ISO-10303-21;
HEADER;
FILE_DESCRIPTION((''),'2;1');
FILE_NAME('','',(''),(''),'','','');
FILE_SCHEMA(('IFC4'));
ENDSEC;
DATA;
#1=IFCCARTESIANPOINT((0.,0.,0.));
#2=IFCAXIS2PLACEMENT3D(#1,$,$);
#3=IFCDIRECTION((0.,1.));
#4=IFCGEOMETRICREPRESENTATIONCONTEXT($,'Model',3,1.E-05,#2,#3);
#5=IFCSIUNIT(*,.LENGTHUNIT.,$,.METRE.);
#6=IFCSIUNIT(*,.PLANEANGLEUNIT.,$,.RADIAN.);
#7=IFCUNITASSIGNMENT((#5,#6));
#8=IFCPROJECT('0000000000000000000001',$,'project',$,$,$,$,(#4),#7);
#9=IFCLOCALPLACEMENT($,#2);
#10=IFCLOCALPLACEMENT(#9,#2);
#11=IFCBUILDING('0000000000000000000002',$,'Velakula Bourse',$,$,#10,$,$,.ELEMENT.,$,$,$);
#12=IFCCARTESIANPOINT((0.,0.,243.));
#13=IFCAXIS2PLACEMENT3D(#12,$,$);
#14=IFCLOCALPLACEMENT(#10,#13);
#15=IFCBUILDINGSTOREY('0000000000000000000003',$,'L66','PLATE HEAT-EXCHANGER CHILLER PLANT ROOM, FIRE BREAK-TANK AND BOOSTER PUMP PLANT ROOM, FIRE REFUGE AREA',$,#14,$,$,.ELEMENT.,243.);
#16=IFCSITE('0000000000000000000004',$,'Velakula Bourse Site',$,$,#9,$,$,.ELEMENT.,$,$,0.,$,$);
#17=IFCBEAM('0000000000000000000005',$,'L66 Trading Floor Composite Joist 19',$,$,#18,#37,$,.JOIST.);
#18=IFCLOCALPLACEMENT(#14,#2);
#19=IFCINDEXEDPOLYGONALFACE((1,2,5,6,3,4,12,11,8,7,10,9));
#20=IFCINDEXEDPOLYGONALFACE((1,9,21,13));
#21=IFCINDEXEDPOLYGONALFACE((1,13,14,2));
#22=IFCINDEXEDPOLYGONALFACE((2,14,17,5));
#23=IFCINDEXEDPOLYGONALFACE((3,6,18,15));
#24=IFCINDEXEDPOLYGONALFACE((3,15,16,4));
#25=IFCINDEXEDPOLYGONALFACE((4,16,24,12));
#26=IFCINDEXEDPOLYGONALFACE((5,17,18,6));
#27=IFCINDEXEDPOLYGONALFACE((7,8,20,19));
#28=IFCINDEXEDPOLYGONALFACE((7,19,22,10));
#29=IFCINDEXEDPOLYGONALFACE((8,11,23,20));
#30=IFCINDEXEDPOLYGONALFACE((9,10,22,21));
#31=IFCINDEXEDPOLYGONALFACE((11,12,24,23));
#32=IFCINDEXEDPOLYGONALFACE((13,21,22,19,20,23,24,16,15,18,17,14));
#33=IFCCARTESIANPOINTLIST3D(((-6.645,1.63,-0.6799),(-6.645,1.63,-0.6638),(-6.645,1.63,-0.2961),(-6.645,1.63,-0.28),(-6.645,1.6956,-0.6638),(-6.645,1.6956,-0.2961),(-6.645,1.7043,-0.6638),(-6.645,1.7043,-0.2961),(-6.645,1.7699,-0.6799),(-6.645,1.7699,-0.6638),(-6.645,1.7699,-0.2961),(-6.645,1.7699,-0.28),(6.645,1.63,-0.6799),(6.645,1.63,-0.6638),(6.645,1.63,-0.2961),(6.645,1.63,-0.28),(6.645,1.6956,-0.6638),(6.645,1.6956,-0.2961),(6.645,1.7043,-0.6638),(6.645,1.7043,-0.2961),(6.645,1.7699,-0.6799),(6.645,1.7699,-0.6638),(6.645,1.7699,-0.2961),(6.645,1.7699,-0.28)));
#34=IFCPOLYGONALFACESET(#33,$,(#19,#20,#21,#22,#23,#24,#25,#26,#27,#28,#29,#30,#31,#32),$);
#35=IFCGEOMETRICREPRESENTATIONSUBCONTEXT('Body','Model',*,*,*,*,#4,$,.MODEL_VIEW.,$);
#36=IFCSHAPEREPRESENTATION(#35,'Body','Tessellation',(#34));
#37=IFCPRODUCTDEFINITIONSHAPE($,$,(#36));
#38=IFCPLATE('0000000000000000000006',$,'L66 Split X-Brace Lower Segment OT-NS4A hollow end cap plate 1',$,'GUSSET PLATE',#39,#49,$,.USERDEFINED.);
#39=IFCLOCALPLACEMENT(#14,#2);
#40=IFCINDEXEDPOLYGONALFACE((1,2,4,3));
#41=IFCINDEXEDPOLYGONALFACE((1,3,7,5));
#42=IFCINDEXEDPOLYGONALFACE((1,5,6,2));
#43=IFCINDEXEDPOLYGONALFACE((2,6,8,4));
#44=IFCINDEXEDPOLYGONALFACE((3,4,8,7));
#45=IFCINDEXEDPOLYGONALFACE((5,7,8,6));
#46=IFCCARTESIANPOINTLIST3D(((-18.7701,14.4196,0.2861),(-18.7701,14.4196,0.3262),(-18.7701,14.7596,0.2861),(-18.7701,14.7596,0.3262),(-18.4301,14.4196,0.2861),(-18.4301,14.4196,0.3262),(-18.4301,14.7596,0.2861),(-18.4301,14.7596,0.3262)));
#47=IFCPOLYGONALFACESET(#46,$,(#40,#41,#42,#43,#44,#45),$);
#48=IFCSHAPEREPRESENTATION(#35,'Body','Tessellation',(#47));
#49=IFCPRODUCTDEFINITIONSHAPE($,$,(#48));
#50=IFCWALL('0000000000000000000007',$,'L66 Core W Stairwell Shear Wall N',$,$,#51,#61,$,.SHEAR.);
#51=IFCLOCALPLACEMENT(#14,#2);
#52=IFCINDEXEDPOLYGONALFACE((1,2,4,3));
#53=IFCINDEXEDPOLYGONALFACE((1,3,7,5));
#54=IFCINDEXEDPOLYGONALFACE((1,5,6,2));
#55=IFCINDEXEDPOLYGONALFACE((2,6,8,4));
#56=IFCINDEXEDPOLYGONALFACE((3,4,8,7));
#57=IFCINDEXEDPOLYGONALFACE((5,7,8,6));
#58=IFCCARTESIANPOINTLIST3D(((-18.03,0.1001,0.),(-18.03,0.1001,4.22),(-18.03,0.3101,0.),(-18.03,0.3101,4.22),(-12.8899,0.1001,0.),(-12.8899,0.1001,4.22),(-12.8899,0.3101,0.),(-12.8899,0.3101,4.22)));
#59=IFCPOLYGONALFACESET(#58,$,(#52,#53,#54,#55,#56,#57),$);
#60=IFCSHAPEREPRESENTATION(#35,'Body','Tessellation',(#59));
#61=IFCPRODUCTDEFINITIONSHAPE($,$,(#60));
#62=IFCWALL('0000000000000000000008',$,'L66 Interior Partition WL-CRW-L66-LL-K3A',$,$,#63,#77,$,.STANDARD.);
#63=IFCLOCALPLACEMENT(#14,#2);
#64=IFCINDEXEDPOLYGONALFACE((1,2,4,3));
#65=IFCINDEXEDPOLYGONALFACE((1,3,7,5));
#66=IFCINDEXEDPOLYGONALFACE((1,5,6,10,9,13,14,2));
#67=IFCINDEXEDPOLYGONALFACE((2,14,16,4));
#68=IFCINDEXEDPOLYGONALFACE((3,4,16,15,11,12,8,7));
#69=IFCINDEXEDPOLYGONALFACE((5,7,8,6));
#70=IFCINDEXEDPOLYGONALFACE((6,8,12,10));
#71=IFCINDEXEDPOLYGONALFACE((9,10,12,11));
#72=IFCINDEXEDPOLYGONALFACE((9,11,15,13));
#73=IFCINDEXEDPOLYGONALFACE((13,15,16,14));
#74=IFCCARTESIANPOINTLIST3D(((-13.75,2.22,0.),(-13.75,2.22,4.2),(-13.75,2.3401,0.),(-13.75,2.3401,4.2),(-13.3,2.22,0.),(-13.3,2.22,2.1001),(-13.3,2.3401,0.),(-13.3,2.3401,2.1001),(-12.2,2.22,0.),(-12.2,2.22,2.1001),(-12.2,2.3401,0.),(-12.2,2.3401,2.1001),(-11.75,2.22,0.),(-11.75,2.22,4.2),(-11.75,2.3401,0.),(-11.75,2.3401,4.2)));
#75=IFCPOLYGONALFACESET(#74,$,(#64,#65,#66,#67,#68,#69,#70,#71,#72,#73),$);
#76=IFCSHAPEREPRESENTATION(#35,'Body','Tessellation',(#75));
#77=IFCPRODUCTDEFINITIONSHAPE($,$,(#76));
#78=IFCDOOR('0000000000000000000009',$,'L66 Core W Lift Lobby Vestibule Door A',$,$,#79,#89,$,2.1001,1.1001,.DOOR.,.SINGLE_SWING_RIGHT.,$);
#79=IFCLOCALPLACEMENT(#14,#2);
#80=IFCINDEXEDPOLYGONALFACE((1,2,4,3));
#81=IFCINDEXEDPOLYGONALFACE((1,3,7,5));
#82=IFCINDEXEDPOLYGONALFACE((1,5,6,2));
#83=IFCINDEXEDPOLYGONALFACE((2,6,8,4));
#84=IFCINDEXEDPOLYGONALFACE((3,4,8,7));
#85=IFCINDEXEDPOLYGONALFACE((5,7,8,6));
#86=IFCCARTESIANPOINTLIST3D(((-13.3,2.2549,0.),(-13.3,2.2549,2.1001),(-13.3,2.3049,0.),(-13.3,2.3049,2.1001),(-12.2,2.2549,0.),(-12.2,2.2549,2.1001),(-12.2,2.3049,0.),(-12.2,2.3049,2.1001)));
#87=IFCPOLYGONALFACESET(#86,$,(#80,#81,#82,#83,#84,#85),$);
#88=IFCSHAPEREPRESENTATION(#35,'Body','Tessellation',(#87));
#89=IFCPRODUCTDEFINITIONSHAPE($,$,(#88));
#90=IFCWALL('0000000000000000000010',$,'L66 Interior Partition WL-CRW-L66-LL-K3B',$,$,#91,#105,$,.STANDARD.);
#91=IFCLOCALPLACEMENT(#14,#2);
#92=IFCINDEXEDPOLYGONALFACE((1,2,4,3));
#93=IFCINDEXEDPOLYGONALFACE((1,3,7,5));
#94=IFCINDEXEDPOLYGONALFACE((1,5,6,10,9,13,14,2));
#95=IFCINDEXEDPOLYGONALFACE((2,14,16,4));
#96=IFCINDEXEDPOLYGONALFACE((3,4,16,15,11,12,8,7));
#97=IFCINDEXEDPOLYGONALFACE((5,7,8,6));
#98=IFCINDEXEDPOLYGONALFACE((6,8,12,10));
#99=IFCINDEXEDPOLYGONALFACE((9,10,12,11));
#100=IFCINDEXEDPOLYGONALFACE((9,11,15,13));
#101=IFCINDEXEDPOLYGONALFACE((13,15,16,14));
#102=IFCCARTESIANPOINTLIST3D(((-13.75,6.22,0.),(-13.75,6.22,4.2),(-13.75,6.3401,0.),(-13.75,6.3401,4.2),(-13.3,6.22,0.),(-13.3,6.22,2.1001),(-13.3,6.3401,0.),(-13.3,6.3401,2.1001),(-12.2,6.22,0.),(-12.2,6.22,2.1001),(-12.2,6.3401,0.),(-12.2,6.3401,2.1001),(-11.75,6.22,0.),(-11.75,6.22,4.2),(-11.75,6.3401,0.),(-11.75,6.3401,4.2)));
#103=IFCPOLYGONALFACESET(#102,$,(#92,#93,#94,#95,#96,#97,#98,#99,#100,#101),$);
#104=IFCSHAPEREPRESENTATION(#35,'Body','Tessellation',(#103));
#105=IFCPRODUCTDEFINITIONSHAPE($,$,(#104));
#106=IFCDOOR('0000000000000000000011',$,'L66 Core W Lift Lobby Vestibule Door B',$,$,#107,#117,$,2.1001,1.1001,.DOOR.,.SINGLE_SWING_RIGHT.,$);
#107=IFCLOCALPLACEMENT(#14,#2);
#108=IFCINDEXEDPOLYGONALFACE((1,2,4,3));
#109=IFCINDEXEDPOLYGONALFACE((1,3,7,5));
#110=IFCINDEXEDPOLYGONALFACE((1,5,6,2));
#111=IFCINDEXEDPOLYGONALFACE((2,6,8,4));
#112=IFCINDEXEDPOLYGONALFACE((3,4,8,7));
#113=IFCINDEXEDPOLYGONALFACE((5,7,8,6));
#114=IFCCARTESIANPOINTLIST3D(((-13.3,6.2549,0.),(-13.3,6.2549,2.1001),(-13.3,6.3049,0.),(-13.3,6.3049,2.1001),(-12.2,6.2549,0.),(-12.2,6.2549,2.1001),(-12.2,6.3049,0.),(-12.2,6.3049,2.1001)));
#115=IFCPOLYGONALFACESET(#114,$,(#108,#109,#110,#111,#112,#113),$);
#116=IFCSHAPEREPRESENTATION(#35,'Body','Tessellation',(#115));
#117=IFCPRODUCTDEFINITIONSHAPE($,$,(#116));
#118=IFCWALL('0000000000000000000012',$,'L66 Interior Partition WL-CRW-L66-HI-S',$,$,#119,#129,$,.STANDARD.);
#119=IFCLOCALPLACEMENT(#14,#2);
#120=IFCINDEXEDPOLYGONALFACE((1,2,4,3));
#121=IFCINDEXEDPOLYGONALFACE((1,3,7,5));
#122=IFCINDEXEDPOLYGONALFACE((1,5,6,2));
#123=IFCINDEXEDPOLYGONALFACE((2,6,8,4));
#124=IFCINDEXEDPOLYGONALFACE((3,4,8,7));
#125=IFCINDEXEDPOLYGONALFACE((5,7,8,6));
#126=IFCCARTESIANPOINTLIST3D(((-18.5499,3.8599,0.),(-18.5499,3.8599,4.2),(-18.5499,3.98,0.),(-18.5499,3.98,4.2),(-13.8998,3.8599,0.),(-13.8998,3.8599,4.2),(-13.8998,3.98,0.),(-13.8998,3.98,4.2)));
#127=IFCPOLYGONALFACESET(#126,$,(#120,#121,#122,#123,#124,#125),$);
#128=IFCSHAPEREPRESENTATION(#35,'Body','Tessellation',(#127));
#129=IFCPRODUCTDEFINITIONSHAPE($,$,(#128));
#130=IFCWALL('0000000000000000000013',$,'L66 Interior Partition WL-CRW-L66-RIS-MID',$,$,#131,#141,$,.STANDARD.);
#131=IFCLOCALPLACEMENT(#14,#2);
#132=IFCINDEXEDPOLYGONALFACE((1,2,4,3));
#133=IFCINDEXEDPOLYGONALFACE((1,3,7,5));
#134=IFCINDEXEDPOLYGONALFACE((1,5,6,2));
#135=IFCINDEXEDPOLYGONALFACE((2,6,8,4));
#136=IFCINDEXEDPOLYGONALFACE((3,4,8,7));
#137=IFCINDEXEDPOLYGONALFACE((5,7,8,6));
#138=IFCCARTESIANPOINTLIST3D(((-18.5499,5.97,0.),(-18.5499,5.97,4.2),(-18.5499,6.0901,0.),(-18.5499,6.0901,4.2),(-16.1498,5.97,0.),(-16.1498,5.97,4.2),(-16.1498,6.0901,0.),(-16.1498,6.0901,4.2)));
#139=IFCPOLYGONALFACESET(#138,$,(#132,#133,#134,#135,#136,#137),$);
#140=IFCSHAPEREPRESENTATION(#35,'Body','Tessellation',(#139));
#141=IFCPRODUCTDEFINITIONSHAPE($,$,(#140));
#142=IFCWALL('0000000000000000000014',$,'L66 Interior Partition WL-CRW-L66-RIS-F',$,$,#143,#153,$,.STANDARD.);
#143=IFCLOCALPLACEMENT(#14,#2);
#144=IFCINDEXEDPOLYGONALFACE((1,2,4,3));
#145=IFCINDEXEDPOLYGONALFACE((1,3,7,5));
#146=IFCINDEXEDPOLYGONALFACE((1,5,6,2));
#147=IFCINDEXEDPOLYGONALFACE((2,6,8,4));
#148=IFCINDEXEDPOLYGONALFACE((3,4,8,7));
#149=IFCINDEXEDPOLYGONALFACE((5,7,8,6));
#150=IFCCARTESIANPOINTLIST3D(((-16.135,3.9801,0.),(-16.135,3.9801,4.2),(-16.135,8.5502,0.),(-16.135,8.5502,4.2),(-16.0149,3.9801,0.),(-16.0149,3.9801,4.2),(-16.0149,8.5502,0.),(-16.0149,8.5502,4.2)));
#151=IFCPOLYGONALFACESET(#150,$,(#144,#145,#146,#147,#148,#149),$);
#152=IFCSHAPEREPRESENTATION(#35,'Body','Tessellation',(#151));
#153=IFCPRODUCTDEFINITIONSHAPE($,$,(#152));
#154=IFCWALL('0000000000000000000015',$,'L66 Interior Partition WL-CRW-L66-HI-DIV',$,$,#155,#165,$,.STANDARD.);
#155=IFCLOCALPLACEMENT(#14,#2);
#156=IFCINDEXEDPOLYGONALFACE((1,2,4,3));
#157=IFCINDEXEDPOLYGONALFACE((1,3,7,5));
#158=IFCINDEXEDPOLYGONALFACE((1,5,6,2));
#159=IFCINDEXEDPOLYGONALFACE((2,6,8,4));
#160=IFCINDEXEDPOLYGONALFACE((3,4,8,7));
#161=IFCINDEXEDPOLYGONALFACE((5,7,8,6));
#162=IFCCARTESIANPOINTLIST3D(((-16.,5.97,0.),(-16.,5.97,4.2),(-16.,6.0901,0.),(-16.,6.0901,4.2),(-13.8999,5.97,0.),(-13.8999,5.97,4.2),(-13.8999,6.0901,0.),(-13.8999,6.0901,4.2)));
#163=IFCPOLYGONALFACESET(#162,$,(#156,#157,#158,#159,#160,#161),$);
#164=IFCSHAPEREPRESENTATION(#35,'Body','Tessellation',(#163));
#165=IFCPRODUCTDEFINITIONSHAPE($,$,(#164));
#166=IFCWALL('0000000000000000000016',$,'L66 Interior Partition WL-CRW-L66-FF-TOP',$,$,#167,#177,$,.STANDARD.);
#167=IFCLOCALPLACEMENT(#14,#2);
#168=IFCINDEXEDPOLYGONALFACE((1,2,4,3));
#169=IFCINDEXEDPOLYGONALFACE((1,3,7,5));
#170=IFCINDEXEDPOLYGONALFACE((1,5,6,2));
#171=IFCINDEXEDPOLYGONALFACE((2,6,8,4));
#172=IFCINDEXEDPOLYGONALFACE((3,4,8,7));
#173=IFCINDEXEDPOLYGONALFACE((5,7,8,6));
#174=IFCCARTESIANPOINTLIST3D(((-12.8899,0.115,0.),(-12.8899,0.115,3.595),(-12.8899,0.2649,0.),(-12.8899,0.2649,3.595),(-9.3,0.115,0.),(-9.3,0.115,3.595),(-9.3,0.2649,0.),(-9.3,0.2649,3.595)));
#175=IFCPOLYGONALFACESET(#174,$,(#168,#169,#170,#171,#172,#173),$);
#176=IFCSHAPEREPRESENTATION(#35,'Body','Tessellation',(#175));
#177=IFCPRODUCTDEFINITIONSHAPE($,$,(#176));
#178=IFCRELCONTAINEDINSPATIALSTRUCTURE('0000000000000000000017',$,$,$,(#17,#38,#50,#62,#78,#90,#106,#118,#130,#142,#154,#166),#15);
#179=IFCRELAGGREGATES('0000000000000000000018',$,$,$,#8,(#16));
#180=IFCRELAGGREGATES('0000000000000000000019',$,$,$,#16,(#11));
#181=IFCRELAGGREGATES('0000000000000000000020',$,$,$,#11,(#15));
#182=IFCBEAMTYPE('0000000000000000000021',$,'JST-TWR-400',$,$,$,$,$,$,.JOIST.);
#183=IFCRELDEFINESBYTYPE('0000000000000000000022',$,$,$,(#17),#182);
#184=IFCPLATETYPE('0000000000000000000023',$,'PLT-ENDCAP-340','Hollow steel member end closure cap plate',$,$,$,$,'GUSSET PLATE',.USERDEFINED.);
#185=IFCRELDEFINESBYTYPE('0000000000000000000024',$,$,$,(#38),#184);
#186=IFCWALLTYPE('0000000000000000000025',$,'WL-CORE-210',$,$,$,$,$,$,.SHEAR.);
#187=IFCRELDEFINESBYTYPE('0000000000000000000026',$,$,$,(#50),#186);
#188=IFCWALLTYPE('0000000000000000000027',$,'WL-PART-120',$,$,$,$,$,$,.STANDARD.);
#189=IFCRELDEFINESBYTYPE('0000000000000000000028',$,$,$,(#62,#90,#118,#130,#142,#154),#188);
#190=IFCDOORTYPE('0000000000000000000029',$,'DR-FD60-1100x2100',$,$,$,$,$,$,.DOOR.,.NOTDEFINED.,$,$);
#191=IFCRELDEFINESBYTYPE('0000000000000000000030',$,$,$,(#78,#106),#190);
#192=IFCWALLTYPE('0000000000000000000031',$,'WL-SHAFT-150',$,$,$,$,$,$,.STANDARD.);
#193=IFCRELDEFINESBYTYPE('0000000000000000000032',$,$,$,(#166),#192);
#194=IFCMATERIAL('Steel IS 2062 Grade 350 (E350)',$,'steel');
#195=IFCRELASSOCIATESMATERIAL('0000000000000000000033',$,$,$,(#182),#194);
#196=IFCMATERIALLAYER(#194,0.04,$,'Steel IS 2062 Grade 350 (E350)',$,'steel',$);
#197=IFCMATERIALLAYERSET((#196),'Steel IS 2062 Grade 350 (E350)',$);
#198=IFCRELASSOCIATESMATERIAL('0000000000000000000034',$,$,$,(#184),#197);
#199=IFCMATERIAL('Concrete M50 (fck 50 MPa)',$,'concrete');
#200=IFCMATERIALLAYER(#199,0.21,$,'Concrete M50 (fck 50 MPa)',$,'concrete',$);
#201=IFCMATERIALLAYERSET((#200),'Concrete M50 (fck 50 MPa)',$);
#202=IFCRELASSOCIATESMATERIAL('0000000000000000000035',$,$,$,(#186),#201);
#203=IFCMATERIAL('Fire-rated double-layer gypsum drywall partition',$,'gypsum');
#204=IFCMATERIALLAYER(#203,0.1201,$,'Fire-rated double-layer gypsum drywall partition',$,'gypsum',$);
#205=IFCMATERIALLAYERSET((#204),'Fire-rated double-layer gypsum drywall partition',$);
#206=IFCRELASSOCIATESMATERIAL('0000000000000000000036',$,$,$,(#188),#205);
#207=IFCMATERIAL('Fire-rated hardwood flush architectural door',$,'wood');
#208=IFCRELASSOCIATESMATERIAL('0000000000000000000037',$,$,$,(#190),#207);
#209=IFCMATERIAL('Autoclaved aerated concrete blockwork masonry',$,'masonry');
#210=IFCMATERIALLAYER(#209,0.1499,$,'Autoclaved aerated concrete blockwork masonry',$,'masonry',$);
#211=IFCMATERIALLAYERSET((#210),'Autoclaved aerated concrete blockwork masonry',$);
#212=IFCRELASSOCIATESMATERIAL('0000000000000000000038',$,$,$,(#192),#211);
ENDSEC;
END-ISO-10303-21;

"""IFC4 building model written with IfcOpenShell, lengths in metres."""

from ifc_helpers import new_model, si_unit, direction, frame, frame_2d, origin, origin_2d, place, context, subcontext, project, spatial, rectangle, i_section, extrude, material, layer, layer_set, material_profile, profile_set, type_object, element, fill, save


model = new_model("IFC4")

# Units and contexts
model_context = context("Model", 3, precision=1e-05, world=origin(), true_north=direction((0.0, 1.0)))
body_context = subcontext(model_context, "Body", "Model", "MODEL_VIEW")
ifc_project = project(units=[si_unit("LENGTHUNIT", "METRE"), si_unit("PLANEANGLEUNIT", "RADIAN")], contexts=[model_context])

# Site, building, storey
site_placement = place(None, origin())
site = spatial("IfcSite", under=ifc_project, at=site_placement, Name="Velakula Bourse Site", CompositionType="ELEMENT", RefElevation=0.0)
building_placement = place(site_placement, origin())
building = spatial("IfcBuilding", under=site, at=building_placement, Name="Velakula Bourse", CompositionType="ELEMENT")
storey_placement = place(building_placement, frame((0.0, 0.0, 243.0)))
storey = spatial("IfcBuildingStorey", under=building, at=storey_placement, Name="L66", Description="PLATE HEAT-EXCHANGER CHILLER PLANT ROOM, FIRE BREAK-TANK AND BOOSTER PUMP PLANT ROOM, FIRE REFUGE AREA", CompositionType="ELEMENT", Elevation=243.0)

# Shared definitions
ifc_material_1 = material(Name="Concrete M50 (fck 50 MPa)", Category="concrete")
ifc_material_2 = material(Name="Steel IS 2062 Grade 350 (E350)", Category="steel")

# Beam
ifc_material_profile_1 = material_profile(ifc_material_2, i_section(OverallWidth=0.1399, OverallDepth=0.3999, WebThickness=0.0088, FlangeThickness=0.0161, at=origin_2d()), Name="Steel IS 2062 Grade 350 (E350)")
ifc_profile_set_1 = profile_set([ifc_material_profile_1], Name="Steel IS 2062 Grade 350 (E350)")
beam_type_1 = type_object("IfcBeamType", Name="JST-TWR-400", PredefinedType="JOIST", material=ifc_profile_set_1)
for number, where, z_axis, x_axis, name in (
    (1, (-6.645, 1.7, -0.48), (1.0, 0.0, 0.0), (0.0, 1.0, 0.0), "L66 Trading Floor Composite Joist 19"),
):
    element("IfcBeam", number, at=place(storey_placement, frame(where, z_axis=z_axis, x_axis=x_axis)), inside=storey, type_object=beam_type_1, Name=name, PredefinedType="JOIST", context=body_context, shape_type="SweptSolid", body=[
        extrude(i_section(OverallWidth=0.1399, OverallDepth=0.3999, WebThickness=0.0088, FlangeThickness=0.0161, at=origin_2d()), origin(), (0.0, 0.0, 1.0), 13.29),
    ])

# Plate
ifc_layer_1 = layer(ifc_material_2, 0.04, Name="Steel IS 2062 Grade 350 (E350)", Category="steel")
ifc_layer_set_1 = layer_set([ifc_layer_1], Name="Steel IS 2062 Grade 350 (E350)")
plate_type = type_object("IfcPlateType", Name="PLT-ENDCAP-340", Description="Hollow steel member end closure cap plate", ElementType="GUSSET PLATE", PredefinedType="USERDEFINED", material=ifc_layer_set_1)
plate_placement = place(storey_placement, frame((-18.6001, 14.5896, 0.2861), z_axis=(0.0, 0.0, 1.0), x_axis=(0.0, -1.0, 0.0)))
element("IfcPlate", 2, at=plate_placement, inside=storey, type_object=plate_type, Name="L66 Split X-Brace Lower Segment OT-NS4A hollow end cap plate 1", ObjectType="GUSSET PLATE", PredefinedType="USERDEFINED", context=body_context, shape_type="SweptSolid", body=[
    extrude(rectangle(XDim=0.3401, YDim=0.3401, at=origin_2d()), origin(), (0.0, 0.0, 1.0), 0.04),
])

# Wall
ifc_layer_2 = layer(ifc_material_1, 0.21, Name="Concrete M50 (fck 50 MPa)", Category="concrete")
ifc_layer_set_2 = layer_set([ifc_layer_2], Name="Concrete M50 (fck 50 MPa)")
wall_type_1 = type_object("IfcWallType", Name="WL-CORE-210", PredefinedType="SHEAR", material=ifc_layer_set_2)
wall_1_placement = place(storey_placement, frame((-12.8899, 0.2051, 0.0), z_axis=(0.0, 0.0, 1.0), x_axis=(-1.0, 0.0, 0.0)))
element("IfcWall", 3, at=wall_1_placement, inside=storey, type_object=wall_type_1, Name="L66 Core W Stairwell Shear Wall N", PredefinedType="SHEAR", context=body_context, shape_type="SweptSolid", body=[
    extrude(rectangle(XDim=5.1401, YDim=0.21, at=frame_2d((2.5701, 0.0))), origin(), (0.0, 0.0, 1.0), 4.22),
])

# Walls, openings, doors
ifc_material_3 = material(Name="Fire-rated double-layer gypsum drywall partition", Category="gypsum")
ifc_layer_3 = layer(ifc_material_3, 0.1201, Name="Fire-rated double-layer gypsum drywall partition", Category="gypsum")
ifc_layer_set_3 = layer_set([ifc_layer_3], Name="Fire-rated double-layer gypsum drywall partition")
wall_type_2 = type_object("IfcWallType", Name="WL-PART-120", PredefinedType="STANDARD", material=ifc_layer_set_3)
wall_2_placement = place(storey_placement, frame((-13.75, 2.28, 0.0), z_axis=(0.0, 0.0, 1.0), x_axis=(1.0, 0.0, 0.0)))
wall_2 = element("IfcWall", 4, at=wall_2_placement, inside=storey, type_object=wall_type_2, Name="L66 Interior Partition WL-CRW-L66-LL-K3A", PredefinedType="STANDARD", context=body_context, shape_type="SweptSolid", body=[
    extrude(rectangle(XDim=2.0, YDim=0.1201, at=frame_2d((1.0, 0.0))), origin(), (0.0, 0.0, 1.0), 4.2),
])
opening_1_placement = place(wall_2_placement, frame((0.45, 0.0, 0.0)))
opening_1 = element("IfcOpeningElement", 5, at=opening_1_placement, cuts=wall_2, PredefinedType="OPENING", context=body_context, shape_type="SweptSolid", body=[
    extrude(rectangle(XDim=1.1001, YDim=2.1001, at=frame_2d((0.55, 1.05))), frame((0.0, 0.0701, 0.0), z_axis=(0.0, -1.0, 0.0), x_axis=(1.0, 0.0, 0.0)), (0.0, 0.0, 1.0), 0.1401),
])
ifc_material_4 = material(Name="Fire-rated hardwood flush architectural door", Category="wood")
door_type_1 = type_object("IfcDoorType", Name="DR-FD60-1100x2100", OperationType="NOTDEFINED", PredefinedType="DOOR", material=ifc_material_4)
door_1_placement = place(opening_1_placement, origin())
door_1 = element("IfcDoor", 6, at=door_1_placement, inside=storey, type_object=door_type_1, Name="L66 Core W Lift Lobby Vestibule Door A", OperationType="SINGLE_SWING_RIGHT", OverallHeight=2.1001, OverallWidth=1.1001, PredefinedType="DOOR", context=body_context, shape_type="SweptSolid", body=[
    extrude(rectangle(XDim=1.1001, YDim=2.1001, at=frame_2d((0.55, 1.05))), frame((0.0, 0.0249, 0.0), z_axis=(0.0, -1.0, 0.0), x_axis=(1.0, 0.0, 0.0)), (0.0, 0.0, 1.0), 0.05),
])
fill(opening_1, door_1)
wall_3_placement = place(storey_placement, frame((-13.75, 6.28, 0.0), z_axis=(0.0, 0.0, 1.0), x_axis=(1.0, 0.0, 0.0)))
wall_3 = element("IfcWall", 7, at=wall_3_placement, inside=storey, type_object=wall_type_2, Name="L66 Interior Partition WL-CRW-L66-LL-K3B", PredefinedType="STANDARD", context=body_context, shape_type="SweptSolid", body=[
    extrude(rectangle(XDim=2.0, YDim=0.1201, at=frame_2d((1.0, 0.0))), origin(), (0.0, 0.0, 1.0), 4.2),
])
opening_2_placement = place(wall_3_placement, frame((0.45, 0.0, 0.0)))
opening_2 = element("IfcOpeningElement", 8, at=opening_2_placement, cuts=wall_3, PredefinedType="OPENING", context=body_context, shape_type="SweptSolid", body=[
    extrude(rectangle(XDim=1.1001, YDim=2.1001, at=frame_2d((0.55, 1.05))), frame((0.0, 0.0701, 0.0), z_axis=(0.0, -1.0, 0.0), x_axis=(1.0, 0.0, 0.0)), (0.0, 0.0, 1.0), 0.1401),
])
door_2_placement = place(opening_2_placement, origin())
door_2 = element("IfcDoor", 9, at=door_2_placement, inside=storey, type_object=door_type_1, Name="L66 Core W Lift Lobby Vestibule Door B", OperationType="SINGLE_SWING_RIGHT", OverallHeight=2.1001, OverallWidth=1.1001, PredefinedType="DOOR", context=body_context, shape_type="SweptSolid", body=[
    extrude(rectangle(XDim=1.1001, YDim=2.1001, at=frame_2d((0.55, 1.05))), frame((0.0, 0.0249, 0.0), z_axis=(0.0, -1.0, 0.0), x_axis=(1.0, 0.0, 0.0)), (0.0, 0.0, 1.0), 0.05),
])
fill(opening_2, door_2)

# Walls
wall_4_placement = place(storey_placement, frame((-18.55, 3.9199, 0.0), z_axis=(0.0, 0.0, 1.0), x_axis=(1.0, 0.0, 0.0)))
element("IfcWall", 10, at=wall_4_placement, inside=storey, type_object=wall_type_2, Name="L66 Interior Partition WL-CRW-L66-HI-S", PredefinedType="STANDARD", context=body_context, shape_type="SweptSolid", body=[
    extrude(rectangle(XDim=4.6501, YDim=0.1201, at=frame_2d((2.3252, 0.0))), origin(), (0.0, 0.0, 1.0), 4.2),
])
wall_5_placement = place(storey_placement, frame((-18.55, 6.03, 0.0), z_axis=(0.0, 0.0, 1.0), x_axis=(1.0, 0.0, 0.0)))
element("IfcWall", 11, at=wall_5_placement, inside=storey, type_object=wall_type_2, Name="L66 Interior Partition WL-CRW-L66-RIS-MID", PredefinedType="STANDARD", context=body_context, shape_type="SweptSolid", body=[
    extrude(rectangle(XDim=2.4001, YDim=0.1201, at=frame_2d((1.2002, 0.0))), origin(), (0.0, 0.0, 1.0), 4.2),
])
wall_6_placement = place(storey_placement, frame((-16.075, 3.98, 0.0), z_axis=(0.0, 0.0, 1.0), x_axis=(0.0, 1.0, 0.0)))
element("IfcWall", 12, at=wall_6_placement, inside=storey, type_object=wall_type_2, Name="L66 Interior Partition WL-CRW-L66-RIS-F", PredefinedType="STANDARD", context=body_context, shape_type="SweptSolid", body=[
    extrude(rectangle(XDim=4.5701, YDim=0.1201, at=frame_2d((2.2852, 0.0))), origin(), (0.0, 0.0, 1.0), 4.2),
])
wall_7_placement = place(storey_placement, frame((-16.0, 6.03, 0.0), z_axis=(0.0, 0.0, 1.0), x_axis=(1.0, 0.0, 0.0)))
element("IfcWall", 13, at=wall_7_placement, inside=storey, type_object=wall_type_2, Name="L66 Interior Partition WL-CRW-L66-HI-DIV", PredefinedType="STANDARD", context=body_context, shape_type="SweptSolid", body=[
    extrude(rectangle(XDim=2.1001, YDim=0.1201, at=frame_2d((1.05, 0.0))), origin(), (0.0, 0.0, 1.0), 4.2),
])
ifc_material_5 = material(Name="Autoclaved aerated concrete blockwork masonry", Category="masonry")
ifc_layer_4 = layer(ifc_material_5, 0.1499, Name="Autoclaved aerated concrete blockwork masonry", Category="masonry")
ifc_layer_set_4 = layer_set([ifc_layer_4], Name="Autoclaved aerated concrete blockwork masonry")
wall_type_3 = type_object("IfcWallType", Name="WL-SHAFT-150", PredefinedType="STANDARD", material=ifc_layer_set_4)
wall_8_placement = place(storey_placement, frame((-12.8899, 0.1899, 0.0), z_axis=(0.0, 0.0, 1.0), x_axis=(1.0, 0.0, 0.0)))
element("IfcWall", 14, at=wall_8_placement, inside=storey, type_object=wall_type_3, Name="L66 Interior Partition WL-CRW-L66-FF-TOP", PredefinedType="STANDARD", context=body_context, shape_type="SweptSolid", body=[
    extrude(rectangle(XDim=3.5898, YDim=0.1499, at=frame_2d((1.7949, 0.0))), origin(), (0.0, 0.0, 1.0), 3.595),
])

save(model, "model.ifc")
